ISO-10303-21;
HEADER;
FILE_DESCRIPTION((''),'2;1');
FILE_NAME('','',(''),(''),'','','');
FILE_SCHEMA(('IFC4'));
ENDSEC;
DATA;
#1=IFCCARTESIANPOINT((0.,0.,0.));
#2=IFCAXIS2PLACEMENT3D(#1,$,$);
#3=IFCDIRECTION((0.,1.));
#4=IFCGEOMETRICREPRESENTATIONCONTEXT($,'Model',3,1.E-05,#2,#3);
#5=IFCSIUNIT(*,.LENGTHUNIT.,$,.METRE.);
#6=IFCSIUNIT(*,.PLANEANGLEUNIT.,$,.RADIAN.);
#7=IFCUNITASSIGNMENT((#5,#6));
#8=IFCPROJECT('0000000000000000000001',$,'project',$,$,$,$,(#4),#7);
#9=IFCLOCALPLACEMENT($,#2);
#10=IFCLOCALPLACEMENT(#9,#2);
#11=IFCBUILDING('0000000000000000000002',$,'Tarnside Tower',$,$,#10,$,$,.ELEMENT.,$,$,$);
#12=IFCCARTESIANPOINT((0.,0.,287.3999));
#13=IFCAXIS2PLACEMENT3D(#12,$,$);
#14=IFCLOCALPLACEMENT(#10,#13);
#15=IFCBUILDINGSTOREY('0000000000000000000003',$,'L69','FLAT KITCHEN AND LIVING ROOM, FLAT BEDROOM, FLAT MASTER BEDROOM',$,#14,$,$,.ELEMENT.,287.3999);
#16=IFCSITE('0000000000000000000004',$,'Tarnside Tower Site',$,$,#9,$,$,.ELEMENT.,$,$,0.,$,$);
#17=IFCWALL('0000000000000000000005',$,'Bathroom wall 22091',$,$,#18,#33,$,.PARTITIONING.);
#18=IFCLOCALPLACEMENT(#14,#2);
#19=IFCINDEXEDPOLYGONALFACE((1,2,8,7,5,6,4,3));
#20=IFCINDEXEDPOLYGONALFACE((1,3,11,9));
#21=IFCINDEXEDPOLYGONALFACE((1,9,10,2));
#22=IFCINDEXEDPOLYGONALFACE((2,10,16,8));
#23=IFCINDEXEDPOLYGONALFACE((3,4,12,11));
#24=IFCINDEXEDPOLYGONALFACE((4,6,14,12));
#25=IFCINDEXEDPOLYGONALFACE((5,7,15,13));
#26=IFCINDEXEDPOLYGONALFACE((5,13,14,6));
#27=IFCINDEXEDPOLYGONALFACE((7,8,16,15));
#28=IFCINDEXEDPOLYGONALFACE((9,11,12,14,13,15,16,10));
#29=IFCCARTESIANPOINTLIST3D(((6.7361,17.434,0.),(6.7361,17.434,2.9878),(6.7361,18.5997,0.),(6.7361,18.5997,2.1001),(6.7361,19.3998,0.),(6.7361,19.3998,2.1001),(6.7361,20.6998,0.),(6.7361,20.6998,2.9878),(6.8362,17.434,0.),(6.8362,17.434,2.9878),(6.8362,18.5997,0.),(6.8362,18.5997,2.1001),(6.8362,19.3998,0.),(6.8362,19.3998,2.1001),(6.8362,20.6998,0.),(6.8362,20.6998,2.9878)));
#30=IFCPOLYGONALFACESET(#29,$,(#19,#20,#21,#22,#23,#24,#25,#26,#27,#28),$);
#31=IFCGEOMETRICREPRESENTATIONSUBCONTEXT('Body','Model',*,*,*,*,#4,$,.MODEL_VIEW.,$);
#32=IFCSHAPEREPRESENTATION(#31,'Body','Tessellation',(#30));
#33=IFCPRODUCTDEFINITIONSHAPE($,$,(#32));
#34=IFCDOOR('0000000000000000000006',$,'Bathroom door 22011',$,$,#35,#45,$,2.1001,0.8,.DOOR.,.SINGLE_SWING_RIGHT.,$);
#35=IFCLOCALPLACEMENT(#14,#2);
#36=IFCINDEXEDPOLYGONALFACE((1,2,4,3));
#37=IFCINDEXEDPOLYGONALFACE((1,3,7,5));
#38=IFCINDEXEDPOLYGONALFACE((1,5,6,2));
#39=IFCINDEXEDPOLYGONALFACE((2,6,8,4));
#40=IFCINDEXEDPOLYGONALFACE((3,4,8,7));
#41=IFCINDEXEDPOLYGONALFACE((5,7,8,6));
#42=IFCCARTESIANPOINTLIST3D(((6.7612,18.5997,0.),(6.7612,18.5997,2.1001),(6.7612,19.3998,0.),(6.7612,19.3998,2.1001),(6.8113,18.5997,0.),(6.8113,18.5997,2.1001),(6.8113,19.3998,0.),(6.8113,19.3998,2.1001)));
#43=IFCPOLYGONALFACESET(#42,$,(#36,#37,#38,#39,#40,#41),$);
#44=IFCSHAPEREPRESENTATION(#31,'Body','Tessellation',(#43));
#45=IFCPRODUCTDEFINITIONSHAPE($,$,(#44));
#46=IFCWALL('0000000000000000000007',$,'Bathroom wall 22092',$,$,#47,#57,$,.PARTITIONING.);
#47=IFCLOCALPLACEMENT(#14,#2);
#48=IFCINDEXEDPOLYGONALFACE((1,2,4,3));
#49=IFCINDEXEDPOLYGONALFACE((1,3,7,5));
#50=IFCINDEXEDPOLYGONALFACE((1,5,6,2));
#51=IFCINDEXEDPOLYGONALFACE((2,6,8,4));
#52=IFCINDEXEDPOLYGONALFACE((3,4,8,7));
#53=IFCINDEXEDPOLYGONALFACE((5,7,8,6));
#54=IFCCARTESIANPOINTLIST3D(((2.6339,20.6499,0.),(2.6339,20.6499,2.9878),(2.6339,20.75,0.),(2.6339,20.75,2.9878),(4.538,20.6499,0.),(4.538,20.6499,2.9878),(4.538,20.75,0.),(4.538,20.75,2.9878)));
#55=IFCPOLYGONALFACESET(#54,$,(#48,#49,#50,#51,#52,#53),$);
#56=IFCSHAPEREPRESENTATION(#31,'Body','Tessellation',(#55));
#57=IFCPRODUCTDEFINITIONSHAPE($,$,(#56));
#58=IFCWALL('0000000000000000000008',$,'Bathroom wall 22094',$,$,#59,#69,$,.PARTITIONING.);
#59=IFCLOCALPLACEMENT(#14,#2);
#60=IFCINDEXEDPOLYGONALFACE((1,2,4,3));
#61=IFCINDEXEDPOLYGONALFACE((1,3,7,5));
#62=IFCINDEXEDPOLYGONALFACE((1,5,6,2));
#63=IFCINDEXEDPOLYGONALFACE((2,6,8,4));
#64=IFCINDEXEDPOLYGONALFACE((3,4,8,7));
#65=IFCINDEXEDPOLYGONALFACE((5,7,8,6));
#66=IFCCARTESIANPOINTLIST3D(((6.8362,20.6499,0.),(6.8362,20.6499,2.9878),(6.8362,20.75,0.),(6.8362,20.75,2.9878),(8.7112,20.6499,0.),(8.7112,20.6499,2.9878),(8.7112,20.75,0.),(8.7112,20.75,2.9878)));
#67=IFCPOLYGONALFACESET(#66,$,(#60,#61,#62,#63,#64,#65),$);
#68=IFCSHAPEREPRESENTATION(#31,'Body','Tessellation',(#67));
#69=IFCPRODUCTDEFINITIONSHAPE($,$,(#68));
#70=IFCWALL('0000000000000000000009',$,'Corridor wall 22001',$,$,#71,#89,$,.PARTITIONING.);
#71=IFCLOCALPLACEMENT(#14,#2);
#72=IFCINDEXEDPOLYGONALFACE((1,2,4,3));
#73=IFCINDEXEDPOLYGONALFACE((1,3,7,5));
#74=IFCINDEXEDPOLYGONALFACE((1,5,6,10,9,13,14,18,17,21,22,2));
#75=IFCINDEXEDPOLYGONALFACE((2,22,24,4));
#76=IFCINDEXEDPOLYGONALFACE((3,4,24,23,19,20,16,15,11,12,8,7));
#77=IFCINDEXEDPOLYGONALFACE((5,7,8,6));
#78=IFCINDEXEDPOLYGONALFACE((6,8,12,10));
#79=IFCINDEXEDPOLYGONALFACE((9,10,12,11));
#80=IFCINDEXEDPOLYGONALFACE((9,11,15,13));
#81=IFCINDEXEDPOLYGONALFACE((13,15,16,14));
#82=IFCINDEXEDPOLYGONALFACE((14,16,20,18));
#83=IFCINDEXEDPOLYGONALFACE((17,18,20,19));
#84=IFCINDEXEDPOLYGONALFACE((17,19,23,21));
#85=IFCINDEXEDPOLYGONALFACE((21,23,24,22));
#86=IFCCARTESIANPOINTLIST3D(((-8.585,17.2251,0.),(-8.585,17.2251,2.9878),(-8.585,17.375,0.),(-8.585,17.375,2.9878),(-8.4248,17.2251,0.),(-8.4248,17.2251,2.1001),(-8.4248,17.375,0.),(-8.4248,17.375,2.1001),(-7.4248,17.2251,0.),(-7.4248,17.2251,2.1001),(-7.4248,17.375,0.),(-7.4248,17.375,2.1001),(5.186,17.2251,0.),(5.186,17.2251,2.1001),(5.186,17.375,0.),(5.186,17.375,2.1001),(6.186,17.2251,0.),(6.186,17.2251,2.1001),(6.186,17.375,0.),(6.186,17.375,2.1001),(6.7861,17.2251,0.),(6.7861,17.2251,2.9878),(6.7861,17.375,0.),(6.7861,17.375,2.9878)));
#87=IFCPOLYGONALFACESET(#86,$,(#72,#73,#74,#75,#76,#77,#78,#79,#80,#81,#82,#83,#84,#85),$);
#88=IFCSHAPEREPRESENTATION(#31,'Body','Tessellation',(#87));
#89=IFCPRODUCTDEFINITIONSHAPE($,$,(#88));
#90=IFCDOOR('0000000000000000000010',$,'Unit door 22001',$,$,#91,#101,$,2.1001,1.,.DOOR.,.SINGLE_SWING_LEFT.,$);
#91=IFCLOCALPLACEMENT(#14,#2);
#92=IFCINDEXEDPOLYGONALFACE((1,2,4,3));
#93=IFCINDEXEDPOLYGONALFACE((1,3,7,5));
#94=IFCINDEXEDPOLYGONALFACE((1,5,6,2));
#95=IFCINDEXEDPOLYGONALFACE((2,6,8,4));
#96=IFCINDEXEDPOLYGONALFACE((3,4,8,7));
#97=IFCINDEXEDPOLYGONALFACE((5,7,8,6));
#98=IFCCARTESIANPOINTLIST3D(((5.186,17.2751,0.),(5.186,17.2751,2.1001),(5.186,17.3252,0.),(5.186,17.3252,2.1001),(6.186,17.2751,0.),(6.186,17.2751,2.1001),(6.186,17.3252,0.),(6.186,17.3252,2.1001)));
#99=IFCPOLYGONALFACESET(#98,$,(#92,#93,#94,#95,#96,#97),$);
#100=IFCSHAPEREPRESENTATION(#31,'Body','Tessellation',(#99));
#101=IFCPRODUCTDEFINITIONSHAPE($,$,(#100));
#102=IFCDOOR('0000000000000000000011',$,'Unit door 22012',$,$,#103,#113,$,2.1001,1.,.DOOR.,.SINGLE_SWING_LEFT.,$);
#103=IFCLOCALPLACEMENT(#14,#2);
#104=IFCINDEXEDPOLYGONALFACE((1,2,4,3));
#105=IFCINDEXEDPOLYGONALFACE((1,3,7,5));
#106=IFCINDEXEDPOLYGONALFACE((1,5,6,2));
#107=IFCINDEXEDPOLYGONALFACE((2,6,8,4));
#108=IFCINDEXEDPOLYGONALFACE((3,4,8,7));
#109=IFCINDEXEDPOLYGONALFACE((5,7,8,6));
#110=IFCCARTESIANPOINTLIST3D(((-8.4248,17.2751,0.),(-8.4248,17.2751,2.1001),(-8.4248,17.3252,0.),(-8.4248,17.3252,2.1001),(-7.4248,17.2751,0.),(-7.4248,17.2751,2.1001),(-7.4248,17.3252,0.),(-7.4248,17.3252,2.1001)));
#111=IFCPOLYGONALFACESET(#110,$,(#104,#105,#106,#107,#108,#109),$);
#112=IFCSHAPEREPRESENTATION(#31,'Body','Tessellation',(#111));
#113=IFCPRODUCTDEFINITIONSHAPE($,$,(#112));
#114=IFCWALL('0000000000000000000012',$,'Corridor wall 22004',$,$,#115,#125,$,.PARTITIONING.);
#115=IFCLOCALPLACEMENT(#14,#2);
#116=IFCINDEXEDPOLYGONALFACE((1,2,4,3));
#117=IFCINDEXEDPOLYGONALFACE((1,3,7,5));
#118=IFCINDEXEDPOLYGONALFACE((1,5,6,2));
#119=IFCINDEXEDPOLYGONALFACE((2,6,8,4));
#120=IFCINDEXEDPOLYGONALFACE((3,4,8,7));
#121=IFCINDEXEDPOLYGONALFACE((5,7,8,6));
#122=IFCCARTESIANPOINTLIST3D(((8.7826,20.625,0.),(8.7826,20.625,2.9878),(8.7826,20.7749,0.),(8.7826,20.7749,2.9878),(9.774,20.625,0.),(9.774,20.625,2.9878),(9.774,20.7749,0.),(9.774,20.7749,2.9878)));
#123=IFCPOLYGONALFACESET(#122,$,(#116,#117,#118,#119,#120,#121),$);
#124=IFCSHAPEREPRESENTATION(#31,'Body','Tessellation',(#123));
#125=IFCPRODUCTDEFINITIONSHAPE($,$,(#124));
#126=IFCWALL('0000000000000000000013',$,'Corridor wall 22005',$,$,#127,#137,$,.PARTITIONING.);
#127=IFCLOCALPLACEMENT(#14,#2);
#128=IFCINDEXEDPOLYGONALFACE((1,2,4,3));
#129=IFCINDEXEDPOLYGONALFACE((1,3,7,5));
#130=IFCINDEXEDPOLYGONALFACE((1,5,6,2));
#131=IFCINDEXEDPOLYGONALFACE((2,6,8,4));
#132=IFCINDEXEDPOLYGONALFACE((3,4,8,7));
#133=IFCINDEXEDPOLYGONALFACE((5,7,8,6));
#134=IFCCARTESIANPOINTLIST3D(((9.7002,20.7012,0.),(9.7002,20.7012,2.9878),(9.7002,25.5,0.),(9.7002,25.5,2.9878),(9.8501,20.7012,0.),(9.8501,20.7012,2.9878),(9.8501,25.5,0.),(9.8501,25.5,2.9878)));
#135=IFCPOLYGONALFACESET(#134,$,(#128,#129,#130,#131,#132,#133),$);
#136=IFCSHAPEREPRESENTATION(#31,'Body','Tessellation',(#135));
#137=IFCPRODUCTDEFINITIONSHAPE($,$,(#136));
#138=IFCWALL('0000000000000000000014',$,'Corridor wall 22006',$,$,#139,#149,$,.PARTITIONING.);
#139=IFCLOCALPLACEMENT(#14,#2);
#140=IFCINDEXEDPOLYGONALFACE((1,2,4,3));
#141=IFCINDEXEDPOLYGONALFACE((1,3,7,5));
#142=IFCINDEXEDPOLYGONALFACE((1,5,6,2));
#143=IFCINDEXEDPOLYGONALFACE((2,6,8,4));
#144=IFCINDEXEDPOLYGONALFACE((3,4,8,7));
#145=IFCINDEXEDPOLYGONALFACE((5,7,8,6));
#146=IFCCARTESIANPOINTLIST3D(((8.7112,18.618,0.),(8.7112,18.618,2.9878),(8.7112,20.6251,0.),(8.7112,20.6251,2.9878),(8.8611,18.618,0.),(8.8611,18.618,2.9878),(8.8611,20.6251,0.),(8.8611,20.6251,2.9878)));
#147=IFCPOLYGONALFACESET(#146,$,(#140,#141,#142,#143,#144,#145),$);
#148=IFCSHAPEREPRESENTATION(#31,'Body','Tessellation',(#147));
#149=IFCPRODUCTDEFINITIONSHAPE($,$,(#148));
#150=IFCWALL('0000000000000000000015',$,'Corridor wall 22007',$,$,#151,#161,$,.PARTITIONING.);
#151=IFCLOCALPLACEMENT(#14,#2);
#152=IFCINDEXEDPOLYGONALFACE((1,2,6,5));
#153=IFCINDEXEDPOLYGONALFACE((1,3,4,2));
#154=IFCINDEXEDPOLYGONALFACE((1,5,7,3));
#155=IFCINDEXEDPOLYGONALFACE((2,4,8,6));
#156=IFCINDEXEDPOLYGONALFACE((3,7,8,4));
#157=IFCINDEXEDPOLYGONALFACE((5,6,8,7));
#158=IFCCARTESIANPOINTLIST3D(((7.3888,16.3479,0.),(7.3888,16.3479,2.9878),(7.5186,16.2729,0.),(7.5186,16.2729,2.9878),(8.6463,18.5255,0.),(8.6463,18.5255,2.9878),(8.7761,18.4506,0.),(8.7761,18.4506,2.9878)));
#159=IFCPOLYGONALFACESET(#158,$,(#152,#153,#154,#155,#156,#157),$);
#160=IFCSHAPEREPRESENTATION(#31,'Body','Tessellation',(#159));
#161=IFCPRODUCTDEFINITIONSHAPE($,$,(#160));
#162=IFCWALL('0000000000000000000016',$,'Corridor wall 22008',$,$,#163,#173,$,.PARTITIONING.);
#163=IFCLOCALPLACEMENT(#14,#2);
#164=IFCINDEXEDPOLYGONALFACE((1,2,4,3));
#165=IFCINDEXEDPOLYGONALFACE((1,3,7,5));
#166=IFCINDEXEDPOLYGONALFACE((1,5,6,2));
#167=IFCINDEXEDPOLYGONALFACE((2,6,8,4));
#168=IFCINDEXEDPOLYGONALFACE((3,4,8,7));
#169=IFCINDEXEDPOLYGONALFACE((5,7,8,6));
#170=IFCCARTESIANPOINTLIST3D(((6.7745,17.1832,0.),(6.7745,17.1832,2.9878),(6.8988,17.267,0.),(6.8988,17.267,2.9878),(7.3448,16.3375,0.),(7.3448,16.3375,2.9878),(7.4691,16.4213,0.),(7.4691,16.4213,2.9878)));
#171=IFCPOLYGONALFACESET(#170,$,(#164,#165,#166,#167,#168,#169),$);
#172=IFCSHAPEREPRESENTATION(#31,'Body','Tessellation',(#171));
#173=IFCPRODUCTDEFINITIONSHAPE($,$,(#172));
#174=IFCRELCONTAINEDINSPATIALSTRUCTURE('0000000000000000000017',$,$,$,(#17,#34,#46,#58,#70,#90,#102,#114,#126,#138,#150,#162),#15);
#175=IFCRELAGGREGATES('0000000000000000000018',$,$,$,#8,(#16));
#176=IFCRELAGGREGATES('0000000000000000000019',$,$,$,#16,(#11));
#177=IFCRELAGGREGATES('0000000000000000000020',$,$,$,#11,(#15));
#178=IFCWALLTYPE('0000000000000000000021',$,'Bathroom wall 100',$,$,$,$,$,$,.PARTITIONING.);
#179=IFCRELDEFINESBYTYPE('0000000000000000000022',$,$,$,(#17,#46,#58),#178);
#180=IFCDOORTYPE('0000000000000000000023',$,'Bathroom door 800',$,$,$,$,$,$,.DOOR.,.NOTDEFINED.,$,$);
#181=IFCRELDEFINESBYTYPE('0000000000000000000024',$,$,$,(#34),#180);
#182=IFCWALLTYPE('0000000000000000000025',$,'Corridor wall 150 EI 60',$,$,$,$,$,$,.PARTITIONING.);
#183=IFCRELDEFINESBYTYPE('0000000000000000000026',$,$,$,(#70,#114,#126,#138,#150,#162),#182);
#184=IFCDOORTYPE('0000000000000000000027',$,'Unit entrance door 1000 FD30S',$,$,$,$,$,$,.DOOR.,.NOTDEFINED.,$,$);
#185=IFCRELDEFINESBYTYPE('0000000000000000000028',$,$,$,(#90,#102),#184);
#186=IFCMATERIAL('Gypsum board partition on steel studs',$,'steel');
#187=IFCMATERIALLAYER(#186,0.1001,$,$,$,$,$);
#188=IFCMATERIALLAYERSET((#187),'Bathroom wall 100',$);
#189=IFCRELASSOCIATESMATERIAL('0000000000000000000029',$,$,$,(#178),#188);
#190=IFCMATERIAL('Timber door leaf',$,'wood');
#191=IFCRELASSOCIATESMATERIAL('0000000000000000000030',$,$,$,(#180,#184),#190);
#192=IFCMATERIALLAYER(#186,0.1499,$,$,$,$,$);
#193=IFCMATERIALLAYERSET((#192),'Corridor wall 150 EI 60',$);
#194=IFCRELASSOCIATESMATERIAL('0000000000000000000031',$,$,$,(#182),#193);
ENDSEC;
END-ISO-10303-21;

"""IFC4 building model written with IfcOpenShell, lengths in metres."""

from ifc_helpers import new_model, si_unit, direction, frame, frame_2d, origin, place, context, subcontext, project, spatial, rectangle, extrude, material, layer, layer_set, type_object, element, fill, save


model = new_model("IFC4")

# Units and contexts
model_context = context("Model", 3, precision=1e-05, world=origin(), true_north=direction((0.0, 1.0)))
body_context = subcontext(model_context, "Body", "Model", "MODEL_VIEW")
ifc_project = project(units=[si_unit("LENGTHUNIT", "METRE"), si_unit("PLANEANGLEUNIT", "RADIAN")], contexts=[model_context])

# Site, building, storey
site_placement = place(None, origin())
site = spatial("IfcSite", under=ifc_project, at=site_placement, Name="Tarnside Tower Site", CompositionType="ELEMENT", RefElevation=0.0)
building_placement = place(site_placement, origin())
building = spatial("IfcBuilding", under=site, at=building_placement, Name="Tarnside Tower", CompositionType="ELEMENT")
storey_placement = place(building_placement, frame((0.0, 0.0, 287.3999)))
storey = spatial("IfcBuildingStorey", under=building, at=storey_placement, Name="L69", Description="FLAT KITCHEN AND LIVING ROOM, FLAT BEDROOM, FLAT MASTER BEDROOM", CompositionType="ELEMENT", Elevation=287.3999)

# Shared definitions
ifc_material_1 = material(Name="Gypsum board partition on steel studs", Category="steel")
ifc_layer_1 = layer(ifc_material_1, 0.1001)
ifc_layer_set_1 = layer_set([ifc_layer_1], Name="Bathroom wall 100")
wall_type_1 = type_object("IfcWallType", Name="Bathroom wall 100", PredefinedType="PARTITIONING", material=ifc_layer_set_1)

# Wall, opening, door
ifc_material_2 = material(Name="Timber door leaf", Category="wood")
door_type_1 = type_object("IfcDoorType", Name="Bathroom door 800", OperationType="NOTDEFINED", PredefinedType="DOOR", material=ifc_material_2)
wall_1_placement = place(storey_placement, frame((6.7861, 17.4341, 0.0), z_axis=(0.0, 0.0, 1.0), x_axis=(0.0, 1.0, 0.0)))
wall_1 = element("IfcWall", 1, at=wall_1_placement, inside=storey, type_object=wall_type_1, Name="Bathroom wall 22091", PredefinedType="PARTITIONING", context=body_context, shape_type="SweptSolid", body=[
    extrude(rectangle(XDim=3.2659, YDim=0.1001, at=frame_2d((1.6328, 0.0))), origin(), (0.0, 0.0, 1.0), 2.9878),
])
opening_1_placement = place(wall_1_placement, frame((1.1658, 0.0, 0.0)))
opening_1 = element("IfcOpeningElement", 2, at=opening_1_placement, cuts=wall_1, PredefinedType="OPENING", context=body_context, shape_type="SweptSolid", body=[
    extrude(rectangle(XDim=0.8, YDim=2.1001, at=frame_2d((0.3999, 1.05))), frame((0.0, 0.0601, 0.0), z_axis=(0.0, -1.0, 0.0), x_axis=(1.0, 0.0, 0.0)), (0.0, 0.0, 1.0), 0.1201),
])
door_1_placement = place(opening_1_placement, origin())
door_1 = element("IfcDoor", 3, at=door_1_placement, inside=storey, type_object=door_type_1, Name="Bathroom door 22011", OperationType="SINGLE_SWING_RIGHT", OverallHeight=2.1001, OverallWidth=0.8, PredefinedType="DOOR", context=body_context, shape_type="SweptSolid", body=[
    extrude(rectangle(XDim=0.8, YDim=2.1001, at=frame_2d((0.3999, 1.05))), frame((0.0, 0.0249, 0.0), z_axis=(0.0, -1.0, 0.0), x_axis=(1.0, 0.0, 0.0)), (0.0, 0.0, 1.0), 0.05),
])
fill(opening_1, door_1)

# Walls
wall_2_placement = place(storey_placement, frame((4.5381, 20.7, 0.0), z_axis=(0.0, 0.0, 1.0), x_axis=(-1.0, 0.0, 0.0)))
element("IfcWall", 4, at=wall_2_placement, inside=storey, type_object=wall_type_1, Name="Bathroom wall 22092", PredefinedType="PARTITIONING", context=body_context, shape_type="SweptSolid", body=[
    extrude(rectangle(XDim=1.9041, YDim=0.1001, at=frame_2d((0.9521, 0.0))), origin(), (0.0, 0.0, 1.0), 2.9878),
])
wall_3_placement = place(storey_placement, frame((6.8362, 20.7, 0.0), z_axis=(0.0, 0.0, 1.0), x_axis=(1.0, 0.0, 0.0)))
element("IfcWall", 5, at=wall_3_placement, inside=storey, type_object=wall_type_1, Name="Bathroom wall 22094", PredefinedType="PARTITIONING", context=body_context, shape_type="SweptSolid", body=[
    extrude(rectangle(XDim=1.875, YDim=0.1001, at=frame_2d((0.9375, 0.0))), origin(), (0.0, 0.0, 1.0), 2.9878),
])

# Wall, openings, doors
ifc_layer_2 = layer(ifc_material_1, 0.1499)
ifc_layer_set_2 = layer_set([ifc_layer_2], Name="Corridor wall 150 EI 60")
wall_type_2 = type_object("IfcWallType", Name="Corridor wall 150 EI 60", PredefinedType="PARTITIONING", material=ifc_layer_set_2)
wall_4_placement = place(storey_placement, frame((6.7861, 17.3, 0.0), z_axis=(0.0, 0.0, 1.0), x_axis=(-1.0, 0.0, 0.0)))
wall_4 = element("IfcWall", 6, at=wall_4_placement, inside=storey, type_object=wall_type_2, Name="Corridor wall 22001", PredefinedType="PARTITIONING", context=body_context, shape_type="SweptSolid", body=[
    extrude(rectangle(XDim=15.3711, YDim=0.1499, at=frame_2d((7.6855, 0.0))), origin(), (0.0, 0.0, 1.0), 2.9878),
])
opening_2_placement = place(wall_4_placement, frame((0.6001, 0.0, 0.0)))
opening_2 = element("IfcOpeningElement", 7, at=opening_2_placement, cuts=wall_4, PredefinedType="OPENING", context=body_context, shape_type="SweptSolid", body=[
    extrude(rectangle(XDim=1.0, YDim=2.1001, at=frame_2d((0.5, 1.05))), frame((0.0, 0.085, 0.0), z_axis=(0.0, -1.0, 0.0), x_axis=(1.0, 0.0, 0.0)), (0.0, 0.0, 1.0), 0.1699),
])
opening_3_placement = place(wall_4_placement, frame((14.2109, 0.0, 0.0)))
opening_3 = element("IfcOpeningElement", 8, at=opening_3_placement, cuts=wall_4, PredefinedType="OPENING", context=body_context, shape_type="SweptSolid", body=[
    extrude(rectangle(XDim=1.0, YDim=2.1001, at=frame_2d((0.5, 1.05))), frame((0.0, 0.085, 0.0), z_axis=(0.0, -1.0, 0.0), x_axis=(1.0, 0.0, 0.0)), (0.0, 0.0, 1.0), 0.1699),
])
door_type_2 = type_object("IfcDoorType", Name="Unit entrance door 1000 FD30S", OperationType="NOTDEFINED", PredefinedType="DOOR", material=ifc_material_2)
door_2_placement = place(opening_2_placement, origin())
door_2 = element("IfcDoor", 9, at=door_2_placement, inside=storey, type_object=door_type_2, Name="Unit door 22001", OperationType="SINGLE_SWING_LEFT", OverallHeight=2.1001, OverallWidth=1.0, PredefinedType="DOOR", context=body_context, shape_type="SweptSolid", body=[
    extrude(rectangle(XDim=1.0, YDim=2.1001, at=frame_2d((0.5, 1.05))), frame((0.0, 0.0249, 0.0), z_axis=(0.0, -1.0, 0.0), x_axis=(1.0, 0.0, 0.0)), (0.0, 0.0, 1.0), 0.05),
])
fill(opening_2, door_2)
door_3_placement = place(opening_3_placement, origin())
door_3 = element("IfcDoor", 10, at=door_3_placement, inside=storey, type_object=door_type_2, Name="Unit door 22012", OperationType="SINGLE_SWING_LEFT", OverallHeight=2.1001, OverallWidth=1.0, PredefinedType="DOOR", context=body_context, shape_type="SweptSolid", body=[
    extrude(rectangle(XDim=1.0, YDim=2.1001, at=frame_2d((0.5, 1.05))), frame((0.0, 0.0249, 0.0), z_axis=(0.0, -1.0, 0.0), x_axis=(1.0, 0.0, 0.0)), (0.0, 0.0, 1.0), 0.05),
])
fill(opening_3, door_3)

# Walls
wall_5_placement = place(storey_placement, frame((9.7739, 20.7, 0.0), z_axis=(0.0, 0.0, 1.0), x_axis=(-1.0, 0.0, 0.0)))
element("IfcWall", 11, at=wall_5_placement, inside=storey, type_object=wall_type_2, Name="Corridor wall 22004", PredefinedType="PARTITIONING", context=body_context, shape_type="SweptSolid", body=[
    extrude(rectangle(XDim=0.9915, YDim=0.1499, at=frame_2d((0.4956, 0.0))), origin(), (0.0, 0.0, 1.0), 2.9878),
])
wall_6_placement = place(storey_placement, frame((9.7751, 25.5, 0.0), z_axis=(0.0, 0.0, 1.0), x_axis=(0.0, -1.0, 0.0)))
element("IfcWall", 12, at=wall_6_placement, inside=storey, type_object=wall_type_2, Name="Corridor wall 22005", PredefinedType="PARTITIONING", context=body_context, shape_type="SweptSolid", body=[
    extrude(rectangle(XDim=4.7988, YDim=0.1499, at=frame_2d((2.3994, 0.0))), origin(), (0.0, 0.0, 1.0), 2.9878),
])
wall_7_placement = place(storey_placement, frame((8.7861, 20.625, 0.0), z_axis=(0.0, 0.0, 1.0), x_axis=(0.0, -1.0, 0.0)))
element("IfcWall", 13, at=wall_7_placement, inside=storey, type_object=wall_type_2, Name="Corridor wall 22006", PredefinedType="PARTITIONING", context=body_context, shape_type="SweptSolid", body=[
    extrude(rectangle(XDim=2.0071, YDim=0.1499, at=frame_2d((1.0034, 0.0))), origin(), (0.0, 0.0, 1.0), 2.9878),
])
wall_8_placement = place(storey_placement, frame((8.7112, 18.488, 0.0), z_axis=(0.0, 0.0, 1.0), x_axis=(-0.500075, -0.865982, 0.0)))
element("IfcWall", 14, at=wall_8_placement, inside=storey, type_object=wall_type_2, Name="Corridor wall 22007", PredefinedType="PARTITIONING", context=body_context, shape_type="SweptSolid", body=[
    extrude(rectangle(XDim=2.5146, YDim=0.1499, at=frame_2d((1.2573, 0.0))), origin(), (0.0, 0.0, 1.0), 2.9878),
])
wall_9_placement = place(storey_placement, frame((7.407, 16.3794, 0.0), z_axis=(0.0, 0.0, 1.0), x_axis=(-0.559111, 0.829093, 0.0)))
element("IfcWall", 15, at=wall_9_placement, inside=storey, type_object=wall_type_2, Name="Corridor wall 22008", PredefinedType="PARTITIONING", context=body_context, shape_type="SweptSolid", body=[
    extrude(rectangle(XDim=1.02, YDim=0.1499, at=frame_2d((0.51, 0.0))), origin(), (0.0, 0.0, 1.0), 2.9878),
])

save(model, "model.ifc")
